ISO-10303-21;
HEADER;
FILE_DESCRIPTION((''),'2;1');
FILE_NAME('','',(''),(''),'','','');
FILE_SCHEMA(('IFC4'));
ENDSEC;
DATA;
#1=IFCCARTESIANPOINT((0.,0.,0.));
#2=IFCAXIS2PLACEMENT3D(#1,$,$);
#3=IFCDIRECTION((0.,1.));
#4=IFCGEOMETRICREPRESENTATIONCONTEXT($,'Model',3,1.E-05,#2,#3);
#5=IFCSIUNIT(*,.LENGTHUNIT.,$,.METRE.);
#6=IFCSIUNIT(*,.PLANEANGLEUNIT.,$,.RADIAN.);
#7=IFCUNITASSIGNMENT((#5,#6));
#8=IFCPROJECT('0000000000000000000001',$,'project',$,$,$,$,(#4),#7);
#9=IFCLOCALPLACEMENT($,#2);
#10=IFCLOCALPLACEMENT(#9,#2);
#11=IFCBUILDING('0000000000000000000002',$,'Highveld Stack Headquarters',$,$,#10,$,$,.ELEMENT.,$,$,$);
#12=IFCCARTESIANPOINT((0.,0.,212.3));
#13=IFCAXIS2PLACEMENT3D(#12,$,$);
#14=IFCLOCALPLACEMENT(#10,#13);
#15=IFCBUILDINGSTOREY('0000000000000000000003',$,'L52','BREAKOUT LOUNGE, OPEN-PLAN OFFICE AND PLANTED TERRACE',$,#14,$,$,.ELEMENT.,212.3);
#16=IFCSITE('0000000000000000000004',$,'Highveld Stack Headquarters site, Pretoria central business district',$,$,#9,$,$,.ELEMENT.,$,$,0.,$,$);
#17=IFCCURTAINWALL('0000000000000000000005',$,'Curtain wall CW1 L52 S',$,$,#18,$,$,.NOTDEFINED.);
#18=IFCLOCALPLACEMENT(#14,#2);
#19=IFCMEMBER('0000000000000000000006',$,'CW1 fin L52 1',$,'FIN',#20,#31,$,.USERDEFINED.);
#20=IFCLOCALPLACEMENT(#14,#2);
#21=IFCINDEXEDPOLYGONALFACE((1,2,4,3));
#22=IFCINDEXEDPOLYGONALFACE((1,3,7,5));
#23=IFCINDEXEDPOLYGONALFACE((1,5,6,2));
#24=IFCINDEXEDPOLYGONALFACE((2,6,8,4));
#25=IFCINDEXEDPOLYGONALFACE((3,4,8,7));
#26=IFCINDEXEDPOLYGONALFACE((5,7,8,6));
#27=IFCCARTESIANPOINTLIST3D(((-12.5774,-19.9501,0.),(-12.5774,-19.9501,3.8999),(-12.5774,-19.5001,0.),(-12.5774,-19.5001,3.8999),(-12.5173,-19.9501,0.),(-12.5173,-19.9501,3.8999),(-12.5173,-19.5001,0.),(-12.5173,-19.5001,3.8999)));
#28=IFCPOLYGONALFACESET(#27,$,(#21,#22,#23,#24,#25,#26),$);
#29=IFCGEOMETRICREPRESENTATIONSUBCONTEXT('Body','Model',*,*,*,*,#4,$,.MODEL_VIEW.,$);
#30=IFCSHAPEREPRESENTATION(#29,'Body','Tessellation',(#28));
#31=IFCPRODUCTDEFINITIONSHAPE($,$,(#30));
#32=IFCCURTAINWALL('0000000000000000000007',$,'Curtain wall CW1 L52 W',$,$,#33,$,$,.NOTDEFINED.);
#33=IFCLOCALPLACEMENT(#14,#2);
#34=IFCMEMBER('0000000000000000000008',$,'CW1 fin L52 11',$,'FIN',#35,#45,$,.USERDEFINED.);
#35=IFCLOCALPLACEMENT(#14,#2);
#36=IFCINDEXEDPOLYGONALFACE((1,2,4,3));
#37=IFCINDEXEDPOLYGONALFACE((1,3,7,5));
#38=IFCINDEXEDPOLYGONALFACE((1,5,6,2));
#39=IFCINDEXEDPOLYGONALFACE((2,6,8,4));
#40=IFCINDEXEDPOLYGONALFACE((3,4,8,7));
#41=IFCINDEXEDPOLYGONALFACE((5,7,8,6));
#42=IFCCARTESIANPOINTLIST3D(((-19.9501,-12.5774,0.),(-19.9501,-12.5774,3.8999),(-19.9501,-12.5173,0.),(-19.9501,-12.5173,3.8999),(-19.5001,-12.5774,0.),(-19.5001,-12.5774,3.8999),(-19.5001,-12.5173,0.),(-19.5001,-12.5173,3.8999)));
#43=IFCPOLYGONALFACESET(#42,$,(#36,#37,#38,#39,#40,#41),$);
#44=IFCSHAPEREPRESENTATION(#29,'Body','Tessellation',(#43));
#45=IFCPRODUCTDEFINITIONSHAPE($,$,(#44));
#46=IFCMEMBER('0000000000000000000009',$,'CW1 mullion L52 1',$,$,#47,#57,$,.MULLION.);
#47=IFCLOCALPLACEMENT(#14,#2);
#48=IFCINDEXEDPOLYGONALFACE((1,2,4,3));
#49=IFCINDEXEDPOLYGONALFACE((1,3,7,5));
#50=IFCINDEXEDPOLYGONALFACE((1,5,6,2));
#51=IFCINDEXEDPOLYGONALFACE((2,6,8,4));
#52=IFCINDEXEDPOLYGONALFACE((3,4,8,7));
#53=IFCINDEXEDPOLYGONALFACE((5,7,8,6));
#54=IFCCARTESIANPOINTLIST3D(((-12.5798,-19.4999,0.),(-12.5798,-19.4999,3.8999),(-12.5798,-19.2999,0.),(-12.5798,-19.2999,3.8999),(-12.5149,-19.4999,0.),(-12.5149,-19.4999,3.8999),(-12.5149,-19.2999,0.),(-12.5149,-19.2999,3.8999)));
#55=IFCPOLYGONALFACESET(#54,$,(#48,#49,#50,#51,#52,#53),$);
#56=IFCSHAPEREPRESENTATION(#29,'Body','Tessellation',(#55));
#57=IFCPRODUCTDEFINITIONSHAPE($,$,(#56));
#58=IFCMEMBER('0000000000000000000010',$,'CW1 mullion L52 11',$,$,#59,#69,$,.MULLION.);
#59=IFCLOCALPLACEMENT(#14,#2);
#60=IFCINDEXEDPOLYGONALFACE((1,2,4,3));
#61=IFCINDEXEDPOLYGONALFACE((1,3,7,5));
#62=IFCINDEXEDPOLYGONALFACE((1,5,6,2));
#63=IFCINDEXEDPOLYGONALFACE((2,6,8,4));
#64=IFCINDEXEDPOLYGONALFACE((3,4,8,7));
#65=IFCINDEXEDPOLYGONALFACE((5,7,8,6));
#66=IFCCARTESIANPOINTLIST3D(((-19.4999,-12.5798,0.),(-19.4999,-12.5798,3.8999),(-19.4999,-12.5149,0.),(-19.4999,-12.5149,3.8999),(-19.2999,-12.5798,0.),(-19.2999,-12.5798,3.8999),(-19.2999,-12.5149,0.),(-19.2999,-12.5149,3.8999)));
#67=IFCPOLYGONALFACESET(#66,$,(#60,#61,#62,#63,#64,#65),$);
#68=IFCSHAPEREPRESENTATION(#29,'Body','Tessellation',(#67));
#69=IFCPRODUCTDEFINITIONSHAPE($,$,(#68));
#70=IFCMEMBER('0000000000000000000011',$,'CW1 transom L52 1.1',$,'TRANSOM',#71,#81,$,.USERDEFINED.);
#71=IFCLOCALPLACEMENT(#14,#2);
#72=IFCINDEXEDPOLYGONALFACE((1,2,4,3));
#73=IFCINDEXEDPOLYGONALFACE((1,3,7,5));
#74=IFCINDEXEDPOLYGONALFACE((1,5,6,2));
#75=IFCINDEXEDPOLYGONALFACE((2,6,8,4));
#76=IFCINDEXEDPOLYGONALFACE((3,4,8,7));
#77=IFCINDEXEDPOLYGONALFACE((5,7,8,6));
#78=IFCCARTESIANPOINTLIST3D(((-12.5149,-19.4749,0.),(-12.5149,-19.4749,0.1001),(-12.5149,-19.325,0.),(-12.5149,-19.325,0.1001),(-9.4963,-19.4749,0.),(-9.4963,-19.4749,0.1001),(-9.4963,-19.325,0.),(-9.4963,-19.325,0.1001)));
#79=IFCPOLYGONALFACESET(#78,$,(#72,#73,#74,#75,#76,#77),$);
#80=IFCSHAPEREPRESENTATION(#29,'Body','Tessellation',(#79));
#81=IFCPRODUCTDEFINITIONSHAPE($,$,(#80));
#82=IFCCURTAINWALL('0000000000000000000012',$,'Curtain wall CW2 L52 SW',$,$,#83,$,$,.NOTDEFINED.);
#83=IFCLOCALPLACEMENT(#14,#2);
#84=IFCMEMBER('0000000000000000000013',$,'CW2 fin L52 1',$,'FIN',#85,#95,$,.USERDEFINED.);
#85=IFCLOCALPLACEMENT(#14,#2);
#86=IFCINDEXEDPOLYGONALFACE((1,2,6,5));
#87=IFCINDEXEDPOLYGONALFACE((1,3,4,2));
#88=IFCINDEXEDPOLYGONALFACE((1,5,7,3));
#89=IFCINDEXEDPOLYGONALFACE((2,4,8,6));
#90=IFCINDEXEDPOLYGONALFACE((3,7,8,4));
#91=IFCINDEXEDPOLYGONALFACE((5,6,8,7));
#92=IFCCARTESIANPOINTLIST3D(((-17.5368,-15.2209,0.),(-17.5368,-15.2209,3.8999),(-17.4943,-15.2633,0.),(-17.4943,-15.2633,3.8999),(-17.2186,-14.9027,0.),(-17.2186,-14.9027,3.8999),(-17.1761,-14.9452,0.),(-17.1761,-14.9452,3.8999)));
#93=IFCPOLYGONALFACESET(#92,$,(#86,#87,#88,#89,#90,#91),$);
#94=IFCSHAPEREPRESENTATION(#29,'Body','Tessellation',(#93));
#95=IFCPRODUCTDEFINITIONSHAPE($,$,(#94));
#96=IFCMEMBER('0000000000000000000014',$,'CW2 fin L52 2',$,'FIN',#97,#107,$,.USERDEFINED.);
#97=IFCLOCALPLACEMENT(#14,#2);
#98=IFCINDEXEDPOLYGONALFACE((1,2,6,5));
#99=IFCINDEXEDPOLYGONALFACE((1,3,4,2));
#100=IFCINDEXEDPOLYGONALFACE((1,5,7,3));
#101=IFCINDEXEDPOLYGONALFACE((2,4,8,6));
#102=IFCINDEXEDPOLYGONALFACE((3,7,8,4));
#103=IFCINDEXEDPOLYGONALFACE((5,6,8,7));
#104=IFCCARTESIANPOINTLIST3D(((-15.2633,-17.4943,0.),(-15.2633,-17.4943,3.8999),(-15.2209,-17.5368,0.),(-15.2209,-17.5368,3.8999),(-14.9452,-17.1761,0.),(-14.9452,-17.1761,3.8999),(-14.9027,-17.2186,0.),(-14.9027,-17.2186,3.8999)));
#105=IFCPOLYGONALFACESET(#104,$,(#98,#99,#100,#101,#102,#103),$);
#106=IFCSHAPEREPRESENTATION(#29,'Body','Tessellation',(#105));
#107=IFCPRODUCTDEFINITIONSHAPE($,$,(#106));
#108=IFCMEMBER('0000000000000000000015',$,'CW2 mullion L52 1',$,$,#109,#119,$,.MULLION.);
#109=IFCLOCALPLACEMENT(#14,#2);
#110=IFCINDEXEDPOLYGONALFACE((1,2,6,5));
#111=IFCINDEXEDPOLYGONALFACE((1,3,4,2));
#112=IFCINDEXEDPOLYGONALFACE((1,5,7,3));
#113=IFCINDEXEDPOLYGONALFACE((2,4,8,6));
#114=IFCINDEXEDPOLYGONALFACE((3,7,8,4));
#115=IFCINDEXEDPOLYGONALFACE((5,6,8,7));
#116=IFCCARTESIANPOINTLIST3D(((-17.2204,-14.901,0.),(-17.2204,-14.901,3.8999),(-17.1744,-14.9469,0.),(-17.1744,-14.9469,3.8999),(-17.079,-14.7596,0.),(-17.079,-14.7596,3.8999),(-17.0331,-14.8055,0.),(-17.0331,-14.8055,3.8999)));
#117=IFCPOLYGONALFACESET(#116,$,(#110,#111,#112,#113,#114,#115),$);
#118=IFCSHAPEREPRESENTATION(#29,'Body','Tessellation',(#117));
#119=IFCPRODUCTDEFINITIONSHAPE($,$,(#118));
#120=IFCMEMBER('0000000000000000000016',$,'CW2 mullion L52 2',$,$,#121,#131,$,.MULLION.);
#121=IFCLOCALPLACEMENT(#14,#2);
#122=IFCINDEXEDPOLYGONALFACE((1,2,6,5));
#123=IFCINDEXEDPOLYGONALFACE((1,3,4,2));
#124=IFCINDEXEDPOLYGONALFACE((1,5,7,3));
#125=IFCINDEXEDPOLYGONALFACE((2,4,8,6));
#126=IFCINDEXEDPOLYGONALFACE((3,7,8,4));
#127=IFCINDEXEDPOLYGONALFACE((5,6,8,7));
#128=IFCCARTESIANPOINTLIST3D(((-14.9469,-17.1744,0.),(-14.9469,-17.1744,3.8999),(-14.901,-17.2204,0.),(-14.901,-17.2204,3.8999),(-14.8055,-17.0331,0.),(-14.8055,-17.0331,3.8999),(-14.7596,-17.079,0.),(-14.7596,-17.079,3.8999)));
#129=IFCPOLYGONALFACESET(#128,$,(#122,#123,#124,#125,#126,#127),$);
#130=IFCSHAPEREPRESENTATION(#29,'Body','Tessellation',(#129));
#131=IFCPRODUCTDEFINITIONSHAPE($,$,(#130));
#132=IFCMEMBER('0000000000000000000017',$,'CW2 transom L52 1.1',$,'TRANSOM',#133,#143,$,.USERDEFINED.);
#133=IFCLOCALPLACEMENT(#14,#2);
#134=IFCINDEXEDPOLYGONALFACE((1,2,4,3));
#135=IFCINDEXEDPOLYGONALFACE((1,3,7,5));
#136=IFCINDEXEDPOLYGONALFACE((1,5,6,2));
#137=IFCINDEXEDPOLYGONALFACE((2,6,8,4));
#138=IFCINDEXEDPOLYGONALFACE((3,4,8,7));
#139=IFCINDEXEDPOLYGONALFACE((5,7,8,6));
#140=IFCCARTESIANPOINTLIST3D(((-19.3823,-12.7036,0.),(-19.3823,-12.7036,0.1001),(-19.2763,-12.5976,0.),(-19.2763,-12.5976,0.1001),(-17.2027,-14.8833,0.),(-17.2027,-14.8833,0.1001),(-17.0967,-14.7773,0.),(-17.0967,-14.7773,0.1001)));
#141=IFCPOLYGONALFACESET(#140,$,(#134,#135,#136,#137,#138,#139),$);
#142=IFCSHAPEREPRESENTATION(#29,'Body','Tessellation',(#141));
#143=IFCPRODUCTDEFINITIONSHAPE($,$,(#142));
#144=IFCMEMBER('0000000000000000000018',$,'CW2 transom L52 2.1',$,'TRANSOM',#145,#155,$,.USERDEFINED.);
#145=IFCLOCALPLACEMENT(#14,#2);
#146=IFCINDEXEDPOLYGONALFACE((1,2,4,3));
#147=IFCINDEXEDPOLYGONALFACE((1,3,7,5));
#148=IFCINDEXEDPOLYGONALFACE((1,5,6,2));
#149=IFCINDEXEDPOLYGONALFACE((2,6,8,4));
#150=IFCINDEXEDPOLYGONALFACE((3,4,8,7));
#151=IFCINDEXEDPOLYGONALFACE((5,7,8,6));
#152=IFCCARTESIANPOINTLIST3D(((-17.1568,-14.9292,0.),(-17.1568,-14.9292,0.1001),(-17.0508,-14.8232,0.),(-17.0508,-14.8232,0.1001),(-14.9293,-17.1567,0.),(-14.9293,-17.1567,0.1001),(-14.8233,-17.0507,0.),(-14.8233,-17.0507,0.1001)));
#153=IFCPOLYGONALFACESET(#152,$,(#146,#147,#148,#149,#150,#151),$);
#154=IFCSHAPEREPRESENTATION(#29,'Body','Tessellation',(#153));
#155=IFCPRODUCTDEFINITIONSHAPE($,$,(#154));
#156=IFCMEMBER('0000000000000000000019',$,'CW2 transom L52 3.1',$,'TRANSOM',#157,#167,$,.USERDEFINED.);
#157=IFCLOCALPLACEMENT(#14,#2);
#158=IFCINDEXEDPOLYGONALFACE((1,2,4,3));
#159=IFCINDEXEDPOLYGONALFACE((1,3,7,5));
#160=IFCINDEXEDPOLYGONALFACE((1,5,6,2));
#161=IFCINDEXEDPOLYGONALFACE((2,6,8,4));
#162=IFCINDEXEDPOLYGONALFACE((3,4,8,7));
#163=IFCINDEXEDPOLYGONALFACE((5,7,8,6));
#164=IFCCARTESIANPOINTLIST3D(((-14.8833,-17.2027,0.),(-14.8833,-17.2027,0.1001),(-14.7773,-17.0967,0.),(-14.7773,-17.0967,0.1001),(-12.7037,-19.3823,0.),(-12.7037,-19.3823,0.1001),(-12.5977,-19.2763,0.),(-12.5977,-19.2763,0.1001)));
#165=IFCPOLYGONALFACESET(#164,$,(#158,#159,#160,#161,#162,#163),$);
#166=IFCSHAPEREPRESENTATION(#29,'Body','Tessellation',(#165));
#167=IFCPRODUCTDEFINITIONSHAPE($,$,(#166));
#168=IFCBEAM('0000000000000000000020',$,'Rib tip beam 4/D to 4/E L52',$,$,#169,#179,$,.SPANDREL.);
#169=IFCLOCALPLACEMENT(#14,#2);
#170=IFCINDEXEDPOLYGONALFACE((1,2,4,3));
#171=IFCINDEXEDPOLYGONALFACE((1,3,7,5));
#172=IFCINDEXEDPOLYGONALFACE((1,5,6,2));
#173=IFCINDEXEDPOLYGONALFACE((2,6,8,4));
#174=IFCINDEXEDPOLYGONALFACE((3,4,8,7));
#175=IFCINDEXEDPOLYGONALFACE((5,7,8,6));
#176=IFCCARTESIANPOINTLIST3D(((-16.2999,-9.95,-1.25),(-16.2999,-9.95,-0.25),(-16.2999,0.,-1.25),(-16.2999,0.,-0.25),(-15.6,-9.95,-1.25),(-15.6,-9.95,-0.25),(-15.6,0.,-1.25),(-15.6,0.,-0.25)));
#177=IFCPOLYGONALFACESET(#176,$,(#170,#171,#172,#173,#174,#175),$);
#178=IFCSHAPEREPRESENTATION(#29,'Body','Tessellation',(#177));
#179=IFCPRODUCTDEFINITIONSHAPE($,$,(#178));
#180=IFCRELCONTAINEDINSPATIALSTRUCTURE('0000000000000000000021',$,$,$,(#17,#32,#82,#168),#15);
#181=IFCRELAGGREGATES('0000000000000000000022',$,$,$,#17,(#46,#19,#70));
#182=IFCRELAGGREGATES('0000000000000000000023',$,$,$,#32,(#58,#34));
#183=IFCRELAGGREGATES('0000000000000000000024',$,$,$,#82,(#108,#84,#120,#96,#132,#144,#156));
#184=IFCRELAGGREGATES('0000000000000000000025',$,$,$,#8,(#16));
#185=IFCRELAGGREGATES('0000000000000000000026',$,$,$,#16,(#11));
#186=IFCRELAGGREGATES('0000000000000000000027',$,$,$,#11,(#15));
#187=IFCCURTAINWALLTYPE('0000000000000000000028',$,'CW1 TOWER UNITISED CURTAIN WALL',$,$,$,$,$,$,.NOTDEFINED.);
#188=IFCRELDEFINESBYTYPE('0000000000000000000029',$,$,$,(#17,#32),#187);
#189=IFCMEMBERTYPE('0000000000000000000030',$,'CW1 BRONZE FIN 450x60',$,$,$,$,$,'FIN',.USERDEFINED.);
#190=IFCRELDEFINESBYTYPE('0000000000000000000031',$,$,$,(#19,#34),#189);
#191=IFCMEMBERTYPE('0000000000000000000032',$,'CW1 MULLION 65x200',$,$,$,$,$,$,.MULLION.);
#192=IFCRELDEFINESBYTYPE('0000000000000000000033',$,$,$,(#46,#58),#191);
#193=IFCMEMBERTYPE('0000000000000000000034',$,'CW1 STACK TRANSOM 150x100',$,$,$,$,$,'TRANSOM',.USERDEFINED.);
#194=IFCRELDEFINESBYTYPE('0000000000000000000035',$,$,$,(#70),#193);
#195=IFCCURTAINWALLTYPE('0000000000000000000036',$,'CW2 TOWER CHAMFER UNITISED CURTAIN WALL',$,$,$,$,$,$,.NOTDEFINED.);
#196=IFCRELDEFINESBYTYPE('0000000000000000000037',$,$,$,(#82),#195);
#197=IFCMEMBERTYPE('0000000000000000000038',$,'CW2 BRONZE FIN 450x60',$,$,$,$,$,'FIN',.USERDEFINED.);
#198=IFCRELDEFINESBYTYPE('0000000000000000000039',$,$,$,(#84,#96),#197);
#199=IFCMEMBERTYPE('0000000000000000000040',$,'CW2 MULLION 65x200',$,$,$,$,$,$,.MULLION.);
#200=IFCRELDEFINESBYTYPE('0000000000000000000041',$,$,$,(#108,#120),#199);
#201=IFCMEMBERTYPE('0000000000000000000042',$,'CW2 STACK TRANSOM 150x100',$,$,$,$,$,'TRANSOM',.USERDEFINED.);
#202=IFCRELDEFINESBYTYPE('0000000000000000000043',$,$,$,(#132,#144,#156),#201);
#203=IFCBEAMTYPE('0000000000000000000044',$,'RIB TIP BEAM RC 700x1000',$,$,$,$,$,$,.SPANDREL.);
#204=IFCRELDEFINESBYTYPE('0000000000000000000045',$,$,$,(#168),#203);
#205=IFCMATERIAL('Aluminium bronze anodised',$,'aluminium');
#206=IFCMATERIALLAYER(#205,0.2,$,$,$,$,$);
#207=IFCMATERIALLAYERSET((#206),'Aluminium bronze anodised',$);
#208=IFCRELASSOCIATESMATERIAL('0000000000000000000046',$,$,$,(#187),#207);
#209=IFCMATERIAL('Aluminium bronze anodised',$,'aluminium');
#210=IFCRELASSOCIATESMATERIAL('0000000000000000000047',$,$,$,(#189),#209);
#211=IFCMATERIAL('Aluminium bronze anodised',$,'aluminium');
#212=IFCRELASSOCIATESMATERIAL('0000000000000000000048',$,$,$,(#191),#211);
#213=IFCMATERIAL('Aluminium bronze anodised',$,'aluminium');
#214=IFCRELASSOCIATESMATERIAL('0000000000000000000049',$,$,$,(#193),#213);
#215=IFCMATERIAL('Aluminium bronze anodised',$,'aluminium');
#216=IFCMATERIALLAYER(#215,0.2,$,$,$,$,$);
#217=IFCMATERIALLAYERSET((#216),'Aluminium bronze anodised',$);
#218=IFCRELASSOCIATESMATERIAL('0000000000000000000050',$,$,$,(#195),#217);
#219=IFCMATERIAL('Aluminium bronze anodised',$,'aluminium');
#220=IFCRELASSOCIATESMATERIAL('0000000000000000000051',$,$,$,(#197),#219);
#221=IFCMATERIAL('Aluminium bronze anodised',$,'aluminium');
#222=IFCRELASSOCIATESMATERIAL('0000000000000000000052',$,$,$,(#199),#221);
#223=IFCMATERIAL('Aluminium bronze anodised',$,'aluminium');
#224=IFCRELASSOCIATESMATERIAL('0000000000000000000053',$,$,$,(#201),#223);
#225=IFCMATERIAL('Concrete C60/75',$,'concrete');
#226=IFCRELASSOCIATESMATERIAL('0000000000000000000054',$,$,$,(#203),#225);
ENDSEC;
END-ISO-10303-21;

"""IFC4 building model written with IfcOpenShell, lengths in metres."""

from ifc_helpers import new_model, si_unit, direction, frame, origin, origin_2d, place, context, subcontext, project, spatial, rectangle, extrude, material, layer, layer_set, material_profile, profile_set, type_object, element, aggregate, save


model = new_model("IFC4")

# Units and contexts
model_context = context("Model", 3, precision=1e-05, world=origin(), true_north=direction((0.0, 1.0)))
body_context = subcontext(model_context, "Body", "Model", "MODEL_VIEW")
ifc_project = project(units=[si_unit("LENGTHUNIT", "METRE"), si_unit("PLANEANGLEUNIT", "RADIAN")], contexts=[model_context])

# Site, building, storey
site_placement = place(None, origin())
site = spatial("IfcSite", under=ifc_project, at=site_placement, Name="Highveld Stack Headquarters site, Pretoria central business district", CompositionType="ELEMENT", RefElevation=0.0)
building_placement = place(site_placement, origin())
building = spatial("IfcBuilding", under=site, at=building_placement, Name="Highveld Stack Headquarters", CompositionType="ELEMENT")
storey_placement = place(building_placement, frame((0.0, 0.0, 212.3)))
storey = spatial("IfcBuildingStorey", under=building, at=storey_placement, Name="L52", Description="BREAKOUT LOUNGE, OPEN-PLAN OFFICE AND PLANTED TERRACE", CompositionType="ELEMENT", Elevation=212.3)

# Curtain walls, members
ifc_material_1 = material(Name="Aluminium bronze anodised", Category="aluminium")
ifc_layer_1 = layer(ifc_material_1, 0.2)
ifc_layer_set_1 = layer_set([ifc_layer_1], Name="Aluminium bronze anodised")
curtain_wall_type_1 = type_object("IfcCurtainWallType", Name="CW1 TOWER UNITISED CURTAIN WALL", PredefinedType="NOTDEFINED", material=ifc_layer_set_1)
curtain_wall_1_placement = place(storey_placement, origin())
curtain_wall_1 = element("IfcCurtainWall", 1, at=curtain_wall_1_placement, inside=storey, type_object=curtain_wall_type_1, Name="Curtain wall CW1 L52 S", PredefinedType="NOTDEFINED")
ifc_material_2 = material(Name="Aluminium bronze anodised", Category="aluminium")
ifc_material_profile_1 = material_profile(ifc_material_2, rectangle(XDim=0.45, YDim=0.0601, at=origin_2d()), Name="FIN 450x60")
ifc_profile_set_1 = profile_set([ifc_material_profile_1], Name="Aluminium bronze anodised")
member_type_1 = type_object("IfcMemberType", Name="CW1 BRONZE FIN 450x60", ElementType="FIN", PredefinedType="USERDEFINED", material=ifc_profile_set_1)
member_1_placement = place(storey_placement, frame((-12.5474, -19.7251, 0.0), z_axis=(0.0, 0.0, 1.0), x_axis=(0.0, 1.0, 0.0)))
member_1 = element("IfcMember", 2, at=member_1_placement, type_object=member_type_1, Name="CW1 fin L52 1", ObjectType="FIN", PredefinedType="USERDEFINED", context=body_context, shape_type="SweptSolid", body=[
    extrude(rectangle(XDim=0.45, YDim=0.0601, at=origin_2d()), origin(), (0.0, 0.0, 1.0), 3.8999),
])
curtain_wall_2_placement = place(storey_placement, origin())
curtain_wall_2 = element("IfcCurtainWall", 3, at=curtain_wall_2_placement, inside=storey, type_object=curtain_wall_type_1, Name="Curtain wall CW1 L52 W", PredefinedType="NOTDEFINED")
member_2_placement = place(storey_placement, frame((-19.7251, -12.5474, 0.0), z_axis=(0.0, 0.0, 1.0), x_axis=(1.0, 0.0, 0.0)))
member_2 = element("IfcMember", 4, at=member_2_placement, type_object=member_type_1, Name="CW1 fin L52 11", ObjectType="FIN", PredefinedType="USERDEFINED", context=body_context, shape_type="SweptSolid", body=[
    extrude(rectangle(XDim=0.45, YDim=0.0601, at=origin_2d()), origin(), (0.0, 0.0, 1.0), 3.8999),
])

# Members
ifc_material_3 = material(Name="Aluminium bronze anodised", Category="aluminium")
ifc_material_profile_2 = material_profile(ifc_material_3, rectangle(XDim=0.2, YDim=0.0649, at=origin_2d()), Name="CW1 MULLION 65x200")
ifc_profile_set_2 = profile_set([ifc_material_profile_2], Name="Aluminium bronze anodised")
member_type_2 = type_object("IfcMemberType", Name="CW1 MULLION 65x200", PredefinedType="MULLION", material=ifc_profile_set_2)
member_3_placement = place(storey_placement, frame((-12.5474, -19.3999, 0.0), z_axis=(0.0, 0.0, 1.0), x_axis=(0.0, 1.0, 0.0)))
member_3 = element("IfcMember", 5, at=member_3_placement, type_object=member_type_2, Name="CW1 mullion L52 1", PredefinedType="MULLION", context=body_context, shape_type="SweptSolid", body=[
    extrude(rectangle(XDim=0.2, YDim=0.0649, at=origin_2d()), origin(), (0.0, 0.0, 1.0), 3.8999),
])
member_4_placement = place(storey_placement, frame((-19.3999, -12.5474, 0.0), z_axis=(0.0, 0.0, 1.0), x_axis=(1.0, 0.0, 0.0)))
member_4 = element("IfcMember", 6, at=member_4_placement, type_object=member_type_2, Name="CW1 mullion L52 11", PredefinedType="MULLION", context=body_context, shape_type="SweptSolid", body=[
    extrude(rectangle(XDim=0.2, YDim=0.0649, at=origin_2d()), origin(), (0.0, 0.0, 1.0), 3.8999),
])
ifc_material_4 = material(Name="Aluminium bronze anodised", Category="aluminium")
ifc_material_profile_3 = material_profile(ifc_material_4, rectangle(XDim=0.1499, YDim=0.1001, at=origin_2d()), Name="CW1 TRANSOM 150x100")
ifc_profile_set_3 = profile_set([ifc_material_profile_3], Name="Aluminium bronze anodised")
member_type_3 = type_object("IfcMemberType", Name="CW1 STACK TRANSOM 150x100", ElementType="TRANSOM", PredefinedType="USERDEFINED", material=ifc_profile_set_3)
member_5_placement = place(storey_placement, frame((-12.5149, -19.3999, 0.05), z_axis=(1.0, 0.0, 0.0), x_axis=(0.0, 1.0, 0.0)))
member_5 = element("IfcMember", 7, at=member_5_placement, type_object=member_type_3, Name="CW1 transom L52 1.1", ObjectType="TRANSOM", PredefinedType="USERDEFINED", context=body_context, shape_type="SweptSolid", body=[
    extrude(rectangle(XDim=0.1499, YDim=0.1001, at=origin_2d()), origin(), (0.0, 0.0, 1.0), 3.0186),
])
aggregate(curtain_wall_1, [member_3, member_1, member_5])

# Curtain wall, members
ifc_material_5 = material(Name="Aluminium bronze anodised", Category="aluminium")
ifc_layer_2 = layer(ifc_material_5, 0.2)
ifc_layer_set_2 = layer_set([ifc_layer_2], Name="Aluminium bronze anodised")
curtain_wall_type_2 = type_object("IfcCurtainWallType", Name="CW2 TOWER CHAMFER UNITISED CURTAIN WALL", PredefinedType="NOTDEFINED", material=ifc_layer_set_2)
curtain_wall_3_placement = place(storey_placement, origin())
curtain_wall_3 = element("IfcCurtainWall", 8, at=curtain_wall_3_placement, inside=storey, type_object=curtain_wall_type_2, Name="Curtain wall CW2 L52 SW", PredefinedType="NOTDEFINED")
ifc_material_6 = material(Name="Aluminium bronze anodised", Category="aluminium")
ifc_material_profile_4 = material_profile(ifc_material_6, rectangle(XDim=0.45, YDim=0.0601, at=origin_2d()), Name="FIN 450x60")
ifc_profile_set_4 = profile_set([ifc_material_profile_4], Name="Aluminium bronze anodised")
member_type_4 = type_object("IfcMemberType", Name="CW2 BRONZE FIN 450x60", ElementType="FIN", PredefinedType="USERDEFINED", material=ifc_profile_set_4)
member_6_placement = place(storey_placement, frame((-17.3564, -15.083, 0.0), z_axis=(0.0, 0.0, 1.0), x_axis=(0.707107, 0.707107, 0.0)))
member_6 = element("IfcMember", 9, at=member_6_placement, type_object=member_type_4, Name="CW2 fin L52 1", ObjectType="FIN", PredefinedType="USERDEFINED", context=body_context, shape_type="SweptSolid", body=[
    extrude(rectangle(XDim=0.45, YDim=0.0601, at=origin_2d()), origin(), (0.0, 0.0, 1.0), 3.8999),
])
member_7_placement = place(storey_placement, frame((-15.083, -17.3564, 0.0), z_axis=(0.0, 0.0, 1.0), x_axis=(0.707107, 0.707107, 0.0)))
member_7 = element("IfcMember", 10, at=member_7_placement, type_object=member_type_4, Name="CW2 fin L52 2", ObjectType="FIN", PredefinedType="USERDEFINED", context=body_context, shape_type="SweptSolid", body=[
    extrude(rectangle(XDim=0.45, YDim=0.0601, at=origin_2d()), origin(), (0.0, 0.0, 1.0), 3.8999),
])
ifc_material_7 = material(Name="Aluminium bronze anodised", Category="aluminium")
ifc_material_profile_5 = material_profile(ifc_material_7, rectangle(XDim=0.2, YDim=0.0649, at=origin_2d()), Name="CW2 MULLION 65x200")
ifc_profile_set_5 = profile_set([ifc_material_profile_5], Name="Aluminium bronze anodised")
member_type_5 = type_object("IfcMemberType", Name="CW2 MULLION 65x200", PredefinedType="MULLION", material=ifc_profile_set_5)
member_8_placement = place(storey_placement, frame((-17.1267, -14.8533, 0.0), z_axis=(0.0, 0.0, 1.0), x_axis=(0.707107, 0.707107, 0.0)))
member_8 = element("IfcMember", 11, at=member_8_placement, type_object=member_type_5, Name="CW2 mullion L52 1", PredefinedType="MULLION", context=body_context, shape_type="SweptSolid", body=[
    extrude(rectangle(XDim=0.2, YDim=0.0649, at=origin_2d()), origin(), (0.0, 0.0, 1.0), 3.8999),
])
member_9_placement = place(storey_placement, frame((-14.8533, -17.1267, 0.0), z_axis=(0.0, 0.0, 1.0), x_axis=(0.707107, 0.707107, 0.0)))
member_9 = element("IfcMember", 12, at=member_9_placement, type_object=member_type_5, Name="CW2 mullion L52 2", PredefinedType="MULLION", context=body_context, shape_type="SweptSolid", body=[
    extrude(rectangle(XDim=0.2, YDim=0.0649, at=origin_2d()), origin(), (0.0, 0.0, 1.0), 3.8999),
])
ifc_material_8 = material(Name="Aluminium bronze anodised", Category="aluminium")
ifc_material_profile_6 = material_profile(ifc_material_8, rectangle(XDim=0.1499, YDim=0.1001, at=origin_2d()), Name="CW2 TRANSOM 150x100")
ifc_profile_set_6 = profile_set([ifc_material_profile_6], Name="Aluminium bronze anodised")
member_type_6 = type_object("IfcMemberType", Name="CW2 STACK TRANSOM 150x100", ElementType="TRANSOM", PredefinedType="USERDEFINED", material=ifc_profile_set_6)
member_10_placement = place(storey_placement, frame((-19.3293, -12.6506, 0.05), z_axis=(0.707107, -0.707107, 0.0), x_axis=(0.707107, 0.707107, 0.0)))
member_10 = element("IfcMember", 13, at=member_10_placement, type_object=member_type_6, Name="CW2 transom L52 1.1", ObjectType="TRANSOM", PredefinedType="USERDEFINED", context=body_context, shape_type="SweptSolid", body=[
    extrude(rectangle(XDim=0.1499, YDim=0.1001, at=origin_2d()), origin(), (0.0, 0.0, 1.0), 3.0825),
])
member_11_placement = place(storey_placement, frame((-17.1038, -14.8762, 0.05), z_axis=(0.707107, -0.707107, 0.0), x_axis=(0.707107, 0.707107, 0.0)))
member_11 = element("IfcMember", 14, at=member_11_placement, type_object=member_type_6, Name="CW2 transom L52 2.1", ObjectType="TRANSOM", PredefinedType="USERDEFINED", context=body_context, shape_type="SweptSolid", body=[
    extrude(rectangle(XDim=0.1499, YDim=0.1001, at=origin_2d()), origin(), (0.0, 0.0, 1.0), 3.1501),
])
member_12_placement = place(storey_placement, frame((-14.8303, -17.1497, 0.05), z_axis=(0.707107, -0.707107, 0.0), x_axis=(0.707107, 0.707107, 0.0)))
member_12 = element("IfcMember", 15, at=member_12_placement, type_object=member_type_6, Name="CW2 transom L52 3.1", ObjectType="TRANSOM", PredefinedType="USERDEFINED", context=body_context, shape_type="SweptSolid", body=[
    extrude(rectangle(XDim=0.1499, YDim=0.1001, at=origin_2d()), origin(), (0.0, 0.0, 1.0), 3.0825),
])

# Beam
ifc_material_9 = material(Name="Concrete C60/75", Category="concrete")
ifc_material_profile_7 = material_profile(ifc_material_9, rectangle(XDim=0.7, YDim=1.0, at=origin_2d()), Name="RC 700x1000")
ifc_profile_set_7 = profile_set([ifc_material_profile_7], Name="Concrete C60/75")
beam_type = type_object("IfcBeamType", Name="RIB TIP BEAM RC 700x1000", PredefinedType="SPANDREL", material=ifc_profile_set_7)
beam_placement = place(storey_placement, frame((-15.95, -9.95, -0.75), z_axis=(0.0, 1.0, 0.0), x_axis=(-1.0, 0.0, 0.0)))
element("IfcBeam", 16, at=beam_placement, inside=storey, type_object=beam_type, Name="Rib tip beam 4/D to 4/E L52", PredefinedType="SPANDREL", context=body_context, shape_type="SweptSolid", body=[
    extrude(rectangle(XDim=0.7, YDim=1.0, at=origin_2d()), origin(), (0.0, 0.0, 1.0), 9.95),
])

aggregate(curtain_wall_2, [member_4, member_2])
aggregate(curtain_wall_3, [member_8, member_6, member_9, member_7, member_10, member_11, member_12])

save(model, "model.ifc")
